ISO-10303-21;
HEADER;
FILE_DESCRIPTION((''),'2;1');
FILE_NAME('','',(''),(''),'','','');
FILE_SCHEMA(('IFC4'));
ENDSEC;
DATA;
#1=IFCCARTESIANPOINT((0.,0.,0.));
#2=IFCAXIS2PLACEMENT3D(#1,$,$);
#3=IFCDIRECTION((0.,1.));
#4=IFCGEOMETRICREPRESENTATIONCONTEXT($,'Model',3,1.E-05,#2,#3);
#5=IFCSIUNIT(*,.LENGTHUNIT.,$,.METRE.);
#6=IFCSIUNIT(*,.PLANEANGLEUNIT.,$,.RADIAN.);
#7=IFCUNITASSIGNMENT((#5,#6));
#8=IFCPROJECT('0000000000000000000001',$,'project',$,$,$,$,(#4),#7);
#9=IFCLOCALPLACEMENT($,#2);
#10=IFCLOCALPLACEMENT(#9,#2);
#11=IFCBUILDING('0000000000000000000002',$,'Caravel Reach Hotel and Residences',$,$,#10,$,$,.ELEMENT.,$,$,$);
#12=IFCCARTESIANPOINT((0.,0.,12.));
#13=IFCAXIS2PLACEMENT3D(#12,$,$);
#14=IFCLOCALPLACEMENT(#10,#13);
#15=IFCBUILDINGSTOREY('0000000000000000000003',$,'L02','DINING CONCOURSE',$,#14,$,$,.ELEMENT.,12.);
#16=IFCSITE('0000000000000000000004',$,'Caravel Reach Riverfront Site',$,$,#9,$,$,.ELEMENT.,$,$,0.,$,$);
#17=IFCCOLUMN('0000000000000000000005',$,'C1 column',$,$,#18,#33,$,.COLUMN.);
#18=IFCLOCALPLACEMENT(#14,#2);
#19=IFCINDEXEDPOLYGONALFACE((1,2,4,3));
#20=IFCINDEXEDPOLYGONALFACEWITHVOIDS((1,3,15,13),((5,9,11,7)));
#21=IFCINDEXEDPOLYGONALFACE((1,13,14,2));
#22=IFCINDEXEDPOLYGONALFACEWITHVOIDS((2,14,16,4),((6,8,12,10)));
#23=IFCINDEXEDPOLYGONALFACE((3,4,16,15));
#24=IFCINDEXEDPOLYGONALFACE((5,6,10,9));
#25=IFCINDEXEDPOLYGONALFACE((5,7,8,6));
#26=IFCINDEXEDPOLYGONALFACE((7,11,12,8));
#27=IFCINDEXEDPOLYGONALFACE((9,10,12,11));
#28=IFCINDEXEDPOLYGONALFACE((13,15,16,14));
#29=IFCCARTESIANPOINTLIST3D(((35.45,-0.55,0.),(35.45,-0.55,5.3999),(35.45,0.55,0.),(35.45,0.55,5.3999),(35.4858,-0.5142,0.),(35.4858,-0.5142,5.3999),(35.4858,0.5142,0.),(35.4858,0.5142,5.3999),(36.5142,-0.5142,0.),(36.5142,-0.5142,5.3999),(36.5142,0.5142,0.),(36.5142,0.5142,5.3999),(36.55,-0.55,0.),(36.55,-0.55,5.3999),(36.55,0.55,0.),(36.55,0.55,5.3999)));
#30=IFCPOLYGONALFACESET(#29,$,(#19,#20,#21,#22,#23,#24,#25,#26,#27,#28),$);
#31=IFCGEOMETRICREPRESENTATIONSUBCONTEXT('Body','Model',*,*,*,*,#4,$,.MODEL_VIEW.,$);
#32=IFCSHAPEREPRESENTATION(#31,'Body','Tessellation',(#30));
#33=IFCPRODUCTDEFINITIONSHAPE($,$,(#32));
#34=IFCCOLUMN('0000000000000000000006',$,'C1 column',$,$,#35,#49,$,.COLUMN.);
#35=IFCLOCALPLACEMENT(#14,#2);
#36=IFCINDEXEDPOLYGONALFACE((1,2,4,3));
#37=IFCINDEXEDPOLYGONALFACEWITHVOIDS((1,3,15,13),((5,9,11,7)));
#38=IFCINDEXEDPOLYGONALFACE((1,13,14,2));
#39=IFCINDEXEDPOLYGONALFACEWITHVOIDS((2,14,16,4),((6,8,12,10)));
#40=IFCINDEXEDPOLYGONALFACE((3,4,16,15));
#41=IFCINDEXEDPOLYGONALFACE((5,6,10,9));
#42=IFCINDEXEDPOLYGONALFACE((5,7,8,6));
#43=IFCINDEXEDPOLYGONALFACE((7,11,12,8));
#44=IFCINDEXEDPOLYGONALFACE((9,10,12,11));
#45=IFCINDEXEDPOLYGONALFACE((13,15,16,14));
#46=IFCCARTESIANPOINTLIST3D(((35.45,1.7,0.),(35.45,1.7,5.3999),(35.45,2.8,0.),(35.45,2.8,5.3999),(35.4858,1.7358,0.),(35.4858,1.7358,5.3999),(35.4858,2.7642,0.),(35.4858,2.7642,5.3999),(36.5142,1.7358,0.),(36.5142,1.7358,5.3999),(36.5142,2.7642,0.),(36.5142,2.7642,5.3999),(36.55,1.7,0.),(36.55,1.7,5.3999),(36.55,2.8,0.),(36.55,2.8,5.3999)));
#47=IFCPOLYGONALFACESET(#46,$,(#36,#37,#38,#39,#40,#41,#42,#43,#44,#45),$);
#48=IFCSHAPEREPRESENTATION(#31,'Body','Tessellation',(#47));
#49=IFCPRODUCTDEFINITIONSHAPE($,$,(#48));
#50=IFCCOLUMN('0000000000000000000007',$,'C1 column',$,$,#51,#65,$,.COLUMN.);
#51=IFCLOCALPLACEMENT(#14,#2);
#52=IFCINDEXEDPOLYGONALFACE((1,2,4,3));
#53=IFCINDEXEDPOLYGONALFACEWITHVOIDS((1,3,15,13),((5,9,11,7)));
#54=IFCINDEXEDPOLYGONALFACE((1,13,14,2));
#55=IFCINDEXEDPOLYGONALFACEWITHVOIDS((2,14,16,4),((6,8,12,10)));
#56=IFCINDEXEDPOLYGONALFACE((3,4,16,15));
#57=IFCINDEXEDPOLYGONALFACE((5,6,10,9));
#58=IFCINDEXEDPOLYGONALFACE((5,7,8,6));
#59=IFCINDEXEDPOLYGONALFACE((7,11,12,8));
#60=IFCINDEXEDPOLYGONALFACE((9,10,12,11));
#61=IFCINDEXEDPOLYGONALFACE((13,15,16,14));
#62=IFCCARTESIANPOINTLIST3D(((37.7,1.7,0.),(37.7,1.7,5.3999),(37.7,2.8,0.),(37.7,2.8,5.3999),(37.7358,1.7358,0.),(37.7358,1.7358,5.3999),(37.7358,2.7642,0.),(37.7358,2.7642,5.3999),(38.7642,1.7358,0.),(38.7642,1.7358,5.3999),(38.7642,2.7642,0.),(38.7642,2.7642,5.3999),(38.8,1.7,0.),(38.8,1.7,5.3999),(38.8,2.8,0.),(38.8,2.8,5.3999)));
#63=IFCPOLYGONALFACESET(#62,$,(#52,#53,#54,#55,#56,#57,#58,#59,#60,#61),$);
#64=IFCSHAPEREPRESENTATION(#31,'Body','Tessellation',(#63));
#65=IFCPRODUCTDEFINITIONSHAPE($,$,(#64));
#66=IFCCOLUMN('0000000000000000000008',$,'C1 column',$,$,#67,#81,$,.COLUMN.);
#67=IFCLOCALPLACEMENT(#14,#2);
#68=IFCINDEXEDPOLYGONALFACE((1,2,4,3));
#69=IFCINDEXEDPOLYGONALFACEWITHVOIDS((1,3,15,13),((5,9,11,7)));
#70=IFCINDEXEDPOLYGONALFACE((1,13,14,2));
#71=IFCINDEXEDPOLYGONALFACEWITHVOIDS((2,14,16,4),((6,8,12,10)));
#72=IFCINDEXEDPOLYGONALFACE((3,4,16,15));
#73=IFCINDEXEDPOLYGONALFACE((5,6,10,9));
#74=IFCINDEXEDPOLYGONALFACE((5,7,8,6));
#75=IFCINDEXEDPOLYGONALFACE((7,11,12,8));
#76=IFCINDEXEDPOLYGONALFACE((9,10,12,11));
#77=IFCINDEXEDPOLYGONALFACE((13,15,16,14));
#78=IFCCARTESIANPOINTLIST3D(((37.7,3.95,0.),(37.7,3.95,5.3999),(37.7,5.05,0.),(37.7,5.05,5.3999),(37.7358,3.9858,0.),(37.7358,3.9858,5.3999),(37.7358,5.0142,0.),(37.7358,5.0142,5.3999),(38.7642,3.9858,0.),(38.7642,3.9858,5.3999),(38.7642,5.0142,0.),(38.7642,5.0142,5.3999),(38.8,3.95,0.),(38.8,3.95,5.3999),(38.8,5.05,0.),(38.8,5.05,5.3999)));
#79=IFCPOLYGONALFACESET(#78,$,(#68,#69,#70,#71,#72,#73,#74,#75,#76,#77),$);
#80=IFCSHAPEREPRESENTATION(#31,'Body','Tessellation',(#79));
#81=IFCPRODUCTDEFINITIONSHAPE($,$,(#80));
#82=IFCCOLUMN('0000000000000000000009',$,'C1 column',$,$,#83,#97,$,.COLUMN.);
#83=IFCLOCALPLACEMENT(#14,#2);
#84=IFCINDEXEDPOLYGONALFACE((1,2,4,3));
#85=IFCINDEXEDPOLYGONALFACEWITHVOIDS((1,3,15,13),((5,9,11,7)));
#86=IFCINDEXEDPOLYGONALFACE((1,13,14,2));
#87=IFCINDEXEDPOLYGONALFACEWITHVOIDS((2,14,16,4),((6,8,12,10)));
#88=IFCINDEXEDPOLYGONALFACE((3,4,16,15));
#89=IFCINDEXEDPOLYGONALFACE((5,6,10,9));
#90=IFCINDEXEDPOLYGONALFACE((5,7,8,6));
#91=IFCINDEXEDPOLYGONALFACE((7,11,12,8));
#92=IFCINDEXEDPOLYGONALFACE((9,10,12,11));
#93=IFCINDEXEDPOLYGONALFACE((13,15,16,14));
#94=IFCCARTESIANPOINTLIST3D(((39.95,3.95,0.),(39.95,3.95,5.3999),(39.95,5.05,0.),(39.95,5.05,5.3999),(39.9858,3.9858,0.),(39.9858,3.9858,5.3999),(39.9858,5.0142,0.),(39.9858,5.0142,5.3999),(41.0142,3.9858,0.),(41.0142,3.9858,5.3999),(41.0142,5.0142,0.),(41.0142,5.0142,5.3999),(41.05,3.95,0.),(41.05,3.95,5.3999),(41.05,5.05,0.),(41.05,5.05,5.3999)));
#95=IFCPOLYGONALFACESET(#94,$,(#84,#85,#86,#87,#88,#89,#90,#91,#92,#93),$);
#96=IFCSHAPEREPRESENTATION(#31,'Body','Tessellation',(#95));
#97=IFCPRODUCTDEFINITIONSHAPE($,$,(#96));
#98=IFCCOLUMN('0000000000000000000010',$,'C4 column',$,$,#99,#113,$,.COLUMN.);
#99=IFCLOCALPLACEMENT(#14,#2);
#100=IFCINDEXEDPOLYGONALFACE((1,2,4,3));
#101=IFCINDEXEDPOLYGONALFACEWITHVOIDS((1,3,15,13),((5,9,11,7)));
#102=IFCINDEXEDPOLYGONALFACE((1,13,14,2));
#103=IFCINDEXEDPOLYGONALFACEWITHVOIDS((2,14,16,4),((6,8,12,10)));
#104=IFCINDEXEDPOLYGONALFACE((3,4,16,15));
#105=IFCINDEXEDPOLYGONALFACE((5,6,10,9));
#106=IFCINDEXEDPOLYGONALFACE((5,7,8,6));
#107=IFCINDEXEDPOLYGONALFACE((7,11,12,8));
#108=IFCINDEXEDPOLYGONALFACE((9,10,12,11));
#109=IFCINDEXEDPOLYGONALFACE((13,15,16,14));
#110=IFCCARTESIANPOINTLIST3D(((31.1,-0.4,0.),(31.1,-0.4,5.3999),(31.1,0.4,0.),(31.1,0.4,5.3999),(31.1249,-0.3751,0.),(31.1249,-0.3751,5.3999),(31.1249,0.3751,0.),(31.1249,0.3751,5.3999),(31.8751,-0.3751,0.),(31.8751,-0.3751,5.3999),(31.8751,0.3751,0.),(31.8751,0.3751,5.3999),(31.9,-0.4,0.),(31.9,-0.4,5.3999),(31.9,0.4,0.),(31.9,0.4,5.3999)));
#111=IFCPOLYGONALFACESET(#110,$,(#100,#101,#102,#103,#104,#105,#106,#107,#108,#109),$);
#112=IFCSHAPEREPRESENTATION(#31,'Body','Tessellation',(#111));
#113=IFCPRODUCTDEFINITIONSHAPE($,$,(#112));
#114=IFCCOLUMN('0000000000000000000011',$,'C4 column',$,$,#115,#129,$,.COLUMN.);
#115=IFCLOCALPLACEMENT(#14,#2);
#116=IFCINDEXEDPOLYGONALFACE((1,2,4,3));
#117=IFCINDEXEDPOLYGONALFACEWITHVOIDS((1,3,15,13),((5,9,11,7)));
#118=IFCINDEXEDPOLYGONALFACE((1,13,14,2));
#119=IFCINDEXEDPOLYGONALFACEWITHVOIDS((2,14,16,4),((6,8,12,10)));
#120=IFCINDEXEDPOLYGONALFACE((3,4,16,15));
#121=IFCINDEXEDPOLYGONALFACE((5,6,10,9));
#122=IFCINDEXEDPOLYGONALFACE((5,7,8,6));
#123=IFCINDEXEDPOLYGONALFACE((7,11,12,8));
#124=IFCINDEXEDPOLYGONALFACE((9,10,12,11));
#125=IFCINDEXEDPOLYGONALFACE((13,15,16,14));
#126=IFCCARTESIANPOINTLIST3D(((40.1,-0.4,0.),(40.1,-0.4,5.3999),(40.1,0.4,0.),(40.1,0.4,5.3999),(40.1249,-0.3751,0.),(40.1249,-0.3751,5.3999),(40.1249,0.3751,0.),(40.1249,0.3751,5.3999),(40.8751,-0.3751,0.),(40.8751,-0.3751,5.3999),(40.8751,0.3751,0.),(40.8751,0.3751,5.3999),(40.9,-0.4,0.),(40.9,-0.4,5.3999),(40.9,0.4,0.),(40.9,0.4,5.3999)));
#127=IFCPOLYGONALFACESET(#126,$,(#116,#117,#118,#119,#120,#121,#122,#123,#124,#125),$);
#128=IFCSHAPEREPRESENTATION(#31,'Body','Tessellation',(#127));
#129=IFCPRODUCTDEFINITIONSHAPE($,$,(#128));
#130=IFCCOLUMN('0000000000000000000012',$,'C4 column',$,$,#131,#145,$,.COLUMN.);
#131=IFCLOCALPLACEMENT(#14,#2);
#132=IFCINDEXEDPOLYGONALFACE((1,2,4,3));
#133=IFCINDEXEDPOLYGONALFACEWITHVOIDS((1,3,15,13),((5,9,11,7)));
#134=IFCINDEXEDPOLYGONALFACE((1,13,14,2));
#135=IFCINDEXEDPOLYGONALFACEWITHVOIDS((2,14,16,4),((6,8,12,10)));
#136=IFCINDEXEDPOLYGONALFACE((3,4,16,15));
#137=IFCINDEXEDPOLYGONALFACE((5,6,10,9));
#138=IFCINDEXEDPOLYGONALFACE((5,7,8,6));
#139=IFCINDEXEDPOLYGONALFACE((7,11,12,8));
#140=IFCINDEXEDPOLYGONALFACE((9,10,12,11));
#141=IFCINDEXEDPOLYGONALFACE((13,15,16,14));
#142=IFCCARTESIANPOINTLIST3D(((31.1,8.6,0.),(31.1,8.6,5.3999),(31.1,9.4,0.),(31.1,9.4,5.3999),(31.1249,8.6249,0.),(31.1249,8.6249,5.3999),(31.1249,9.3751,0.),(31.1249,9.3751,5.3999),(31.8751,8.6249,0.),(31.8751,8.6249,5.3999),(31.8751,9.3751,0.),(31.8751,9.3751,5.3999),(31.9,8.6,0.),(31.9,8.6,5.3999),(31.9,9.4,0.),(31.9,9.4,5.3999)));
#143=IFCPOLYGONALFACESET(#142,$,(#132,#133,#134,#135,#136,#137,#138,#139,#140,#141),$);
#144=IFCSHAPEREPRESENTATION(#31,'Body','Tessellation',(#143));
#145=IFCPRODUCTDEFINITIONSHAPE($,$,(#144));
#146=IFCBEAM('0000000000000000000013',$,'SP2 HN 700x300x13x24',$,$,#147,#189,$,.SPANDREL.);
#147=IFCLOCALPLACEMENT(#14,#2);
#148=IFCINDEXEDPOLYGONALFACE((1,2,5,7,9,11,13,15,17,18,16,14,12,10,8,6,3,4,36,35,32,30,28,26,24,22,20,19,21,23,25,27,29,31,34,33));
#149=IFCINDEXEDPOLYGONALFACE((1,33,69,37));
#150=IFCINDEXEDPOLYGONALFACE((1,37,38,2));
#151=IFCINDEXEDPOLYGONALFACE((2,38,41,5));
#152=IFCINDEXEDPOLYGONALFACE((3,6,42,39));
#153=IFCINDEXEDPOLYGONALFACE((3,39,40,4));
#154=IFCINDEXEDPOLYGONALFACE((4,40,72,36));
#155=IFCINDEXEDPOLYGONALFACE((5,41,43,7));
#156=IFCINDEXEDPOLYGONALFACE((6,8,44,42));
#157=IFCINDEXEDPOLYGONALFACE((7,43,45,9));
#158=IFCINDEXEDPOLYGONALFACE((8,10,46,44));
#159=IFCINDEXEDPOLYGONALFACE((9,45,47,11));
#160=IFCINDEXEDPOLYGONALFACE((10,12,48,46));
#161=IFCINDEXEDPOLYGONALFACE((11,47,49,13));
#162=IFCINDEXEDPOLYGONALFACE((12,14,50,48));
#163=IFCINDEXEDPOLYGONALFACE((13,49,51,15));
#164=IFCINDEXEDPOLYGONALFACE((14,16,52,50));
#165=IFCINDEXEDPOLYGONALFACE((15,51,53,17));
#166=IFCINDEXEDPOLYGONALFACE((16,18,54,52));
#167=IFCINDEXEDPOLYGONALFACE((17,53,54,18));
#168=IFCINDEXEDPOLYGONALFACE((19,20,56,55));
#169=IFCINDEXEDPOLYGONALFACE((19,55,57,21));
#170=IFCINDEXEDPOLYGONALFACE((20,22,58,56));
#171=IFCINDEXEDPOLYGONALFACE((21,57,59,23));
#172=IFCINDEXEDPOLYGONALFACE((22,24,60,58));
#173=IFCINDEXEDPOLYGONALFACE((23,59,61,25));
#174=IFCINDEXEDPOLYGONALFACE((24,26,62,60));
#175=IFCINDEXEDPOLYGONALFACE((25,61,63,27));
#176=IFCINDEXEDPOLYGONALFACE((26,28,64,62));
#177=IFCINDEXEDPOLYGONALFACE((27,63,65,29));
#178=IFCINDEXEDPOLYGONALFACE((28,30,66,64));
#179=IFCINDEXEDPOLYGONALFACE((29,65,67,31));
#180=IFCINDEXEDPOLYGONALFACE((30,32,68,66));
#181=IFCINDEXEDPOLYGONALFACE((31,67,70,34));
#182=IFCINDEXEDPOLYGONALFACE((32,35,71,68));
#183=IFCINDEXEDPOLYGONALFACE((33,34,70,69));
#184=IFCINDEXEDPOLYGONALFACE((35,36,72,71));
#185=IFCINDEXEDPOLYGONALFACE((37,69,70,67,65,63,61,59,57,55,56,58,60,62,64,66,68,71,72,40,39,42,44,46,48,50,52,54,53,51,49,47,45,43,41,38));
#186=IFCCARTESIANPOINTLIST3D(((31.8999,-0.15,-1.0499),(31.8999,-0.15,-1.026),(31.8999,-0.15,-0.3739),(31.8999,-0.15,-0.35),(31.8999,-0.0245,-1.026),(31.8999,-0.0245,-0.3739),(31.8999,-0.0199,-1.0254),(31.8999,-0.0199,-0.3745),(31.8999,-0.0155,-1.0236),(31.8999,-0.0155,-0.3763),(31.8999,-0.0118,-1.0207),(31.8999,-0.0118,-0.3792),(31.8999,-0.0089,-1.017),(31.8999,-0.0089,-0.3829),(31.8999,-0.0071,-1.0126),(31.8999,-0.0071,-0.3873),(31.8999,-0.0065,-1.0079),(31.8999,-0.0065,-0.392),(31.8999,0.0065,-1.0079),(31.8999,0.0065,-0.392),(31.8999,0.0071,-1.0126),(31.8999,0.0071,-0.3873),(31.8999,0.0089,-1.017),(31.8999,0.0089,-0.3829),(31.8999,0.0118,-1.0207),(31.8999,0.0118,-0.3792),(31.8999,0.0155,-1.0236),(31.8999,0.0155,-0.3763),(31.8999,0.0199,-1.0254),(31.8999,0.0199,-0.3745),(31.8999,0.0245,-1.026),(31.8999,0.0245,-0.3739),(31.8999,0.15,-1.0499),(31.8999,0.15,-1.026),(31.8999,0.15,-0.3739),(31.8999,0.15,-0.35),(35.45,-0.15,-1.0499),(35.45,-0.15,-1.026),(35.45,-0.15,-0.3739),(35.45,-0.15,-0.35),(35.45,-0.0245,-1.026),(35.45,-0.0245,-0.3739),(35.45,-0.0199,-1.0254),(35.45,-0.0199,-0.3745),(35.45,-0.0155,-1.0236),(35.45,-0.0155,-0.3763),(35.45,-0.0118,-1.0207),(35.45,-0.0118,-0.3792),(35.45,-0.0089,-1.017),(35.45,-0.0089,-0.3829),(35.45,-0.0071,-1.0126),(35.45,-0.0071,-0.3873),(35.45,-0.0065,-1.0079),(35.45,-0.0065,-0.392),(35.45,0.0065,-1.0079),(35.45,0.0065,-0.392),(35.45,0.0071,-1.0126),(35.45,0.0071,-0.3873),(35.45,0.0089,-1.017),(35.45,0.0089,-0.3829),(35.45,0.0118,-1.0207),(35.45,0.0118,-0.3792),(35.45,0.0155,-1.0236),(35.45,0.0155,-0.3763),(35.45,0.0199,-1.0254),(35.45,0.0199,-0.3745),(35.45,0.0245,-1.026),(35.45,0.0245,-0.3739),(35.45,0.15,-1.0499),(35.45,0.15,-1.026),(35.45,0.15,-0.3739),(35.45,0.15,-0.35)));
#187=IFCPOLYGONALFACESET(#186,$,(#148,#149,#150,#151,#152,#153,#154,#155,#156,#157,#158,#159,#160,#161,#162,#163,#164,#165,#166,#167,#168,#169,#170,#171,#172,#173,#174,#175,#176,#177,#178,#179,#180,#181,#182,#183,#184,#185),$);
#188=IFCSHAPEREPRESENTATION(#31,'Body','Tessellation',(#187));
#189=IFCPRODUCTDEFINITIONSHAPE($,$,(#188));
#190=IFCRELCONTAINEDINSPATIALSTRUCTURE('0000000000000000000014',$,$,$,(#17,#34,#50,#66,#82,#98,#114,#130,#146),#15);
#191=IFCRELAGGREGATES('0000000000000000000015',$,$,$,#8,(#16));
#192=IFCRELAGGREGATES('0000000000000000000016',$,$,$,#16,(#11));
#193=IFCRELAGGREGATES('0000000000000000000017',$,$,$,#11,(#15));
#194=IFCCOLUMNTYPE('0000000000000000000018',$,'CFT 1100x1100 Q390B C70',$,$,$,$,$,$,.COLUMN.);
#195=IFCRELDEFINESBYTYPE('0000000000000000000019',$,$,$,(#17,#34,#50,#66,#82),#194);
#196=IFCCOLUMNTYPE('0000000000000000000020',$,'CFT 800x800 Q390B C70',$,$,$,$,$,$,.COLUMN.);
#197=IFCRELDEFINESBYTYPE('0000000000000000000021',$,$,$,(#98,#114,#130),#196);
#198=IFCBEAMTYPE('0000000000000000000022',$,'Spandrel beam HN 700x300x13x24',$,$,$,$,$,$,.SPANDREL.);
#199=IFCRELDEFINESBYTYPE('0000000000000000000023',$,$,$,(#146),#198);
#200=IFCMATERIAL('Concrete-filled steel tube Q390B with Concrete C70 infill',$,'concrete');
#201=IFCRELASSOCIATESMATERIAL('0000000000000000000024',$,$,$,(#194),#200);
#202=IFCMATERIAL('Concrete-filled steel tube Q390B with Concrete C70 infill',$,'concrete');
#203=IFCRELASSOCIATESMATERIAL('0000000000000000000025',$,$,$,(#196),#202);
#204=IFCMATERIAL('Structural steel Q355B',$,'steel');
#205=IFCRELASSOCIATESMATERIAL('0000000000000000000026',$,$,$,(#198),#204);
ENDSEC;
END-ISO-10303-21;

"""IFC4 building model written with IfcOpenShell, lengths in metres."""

from ifc_helpers import new_model, si_unit, direction, frame, origin, origin_2d, place, context, subcontext, project, spatial, hollow_rectangle, i_section, extrude, material, material_profile, profile_set, type_object, element, save


model = new_model("IFC4")

# Units and contexts
model_context = context("Model", 3, precision=1e-05, world=origin(), true_north=direction((0.0, 1.0)))
body_context = subcontext(model_context, "Body", "Model", "MODEL_VIEW")
ifc_project = project(units=[si_unit("LENGTHUNIT", "METRE"), si_unit("PLANEANGLEUNIT", "RADIAN")], contexts=[model_context])

# Site, building, storey
site_placement = place(None, origin())
site = spatial("IfcSite", under=ifc_project, at=site_placement, Name="Caravel Reach Riverfront Site", CompositionType="ELEMENT", RefElevation=0.0)
building_placement = place(site_placement, origin())
building = spatial("IfcBuilding", under=site, at=building_placement, Name="Caravel Reach Hotel and Residences", CompositionType="ELEMENT")
storey_placement = place(building_placement, frame((0.0, 0.0, 12.0)))
storey = spatial("IfcBuildingStorey", under=building, at=storey_placement, Name="L02", Description="DINING CONCOURSE", CompositionType="ELEMENT", Elevation=12.0)

# Columns
ifc_material_1 = material(Name="Concrete-filled steel tube Q390B with Concrete C70 infill", Category="concrete")
ifc_material_profile_1 = material_profile(ifc_material_1, hollow_rectangle(XDim=1.1001, YDim=1.1001, WallThickness=0.0359, at=origin_2d()), Name="RHS 1100x1100x36")
ifc_profile_set_1 = profile_set([ifc_material_profile_1], Name="Concrete-filled steel tube Q390B with Concrete C70 infill")
column_type_1 = type_object("IfcColumnType", Name="CFT 1100x1100 Q390B C70", PredefinedType="COLUMN", material=ifc_profile_set_1)
for number, where, z_axis, x_axis, name in (
    (1, (36.0, 0.0, 0.0), (0.0, 0.0, 1.0), (1.0, 0.0, 0.0), "C1 column"),
    (2, (36.0, 2.25, 0.0), (0.0, 0.0, 1.0), (1.0, 0.0, 0.0), "C1 column"),
    (3, (38.25, 2.25, 0.0), (0.0, 0.0, 1.0), (1.0, 0.0, 0.0), "C1 column"),
    (4, (38.25, 4.5, 0.0), (0.0, 0.0, 1.0), (1.0, 0.0, 0.0), "C1 column"),
    (5, (40.5, 4.5, 0.0), (0.0, 0.0, 1.0), (1.0, 0.0, 0.0), "C1 column"),
):
    element("IfcColumn", number, at=place(storey_placement, frame(where, z_axis=z_axis, x_axis=x_axis)), inside=storey, type_object=column_type_1, Name=name, PredefinedType="COLUMN", context=body_context, shape_type="SweptSolid", body=[
        extrude(hollow_rectangle(XDim=1.1001, YDim=1.1001, WallThickness=0.0359, at=origin_2d()), origin(), (0.0, 0.0, 1.0), 5.3999),
    ])
ifc_material_2 = material(Name="Concrete-filled steel tube Q390B with Concrete C70 infill", Category="concrete")
ifc_material_profile_2 = material_profile(ifc_material_2, hollow_rectangle(XDim=0.8, YDim=0.8, WallThickness=0.0249, at=origin_2d()), Name="RHS 800x800x25")
ifc_profile_set_2 = profile_set([ifc_material_profile_2], Name="Concrete-filled steel tube Q390B with Concrete C70 infill")
column_type_2 = type_object("IfcColumnType", Name="CFT 800x800 Q390B C70", PredefinedType="COLUMN", material=ifc_profile_set_2)
for number, where, z_axis, x_axis, name in (
    (6, (31.5, 0.0, 0.0), (0.0, 0.0, 1.0), (1.0, 0.0, 0.0), "C4 column"),
    (7, (40.5, 0.0, 0.0), (0.0, 0.0, 1.0), (1.0, 0.0, 0.0), "C4 column"),
    (8, (31.5, 9.0, 0.0), (0.0, 0.0, 1.0), (1.0, 0.0, 0.0), "C4 column"),
):
    element("IfcColumn", number, at=place(storey_placement, frame(where, z_axis=z_axis, x_axis=x_axis)), inside=storey, type_object=column_type_2, Name=name, PredefinedType="COLUMN", context=body_context, shape_type="SweptSolid", body=[
        extrude(hollow_rectangle(XDim=0.8, YDim=0.8, WallThickness=0.0249, at=origin_2d()), origin(), (0.0, 0.0, 1.0), 5.3999),
    ])

# Beam
ifc_material_3 = material(Name="Structural steel Q355B", Category="steel")
ifc_material_profile_3 = material_profile(ifc_material_3, i_section(OverallWidth=0.3, OverallDepth=0.7, WebThickness=0.0129, FlangeThickness=0.0239, FilletRadius=0.0181, at=origin_2d()), Name="HN 700x300x13x24")
ifc_profile_set_3 = profile_set([ifc_material_profile_3], Name="Structural steel Q355B")
beam_type = type_object("IfcBeamType", Name="Spandrel beam HN 700x300x13x24", PredefinedType="SPANDREL", material=ifc_profile_set_3)
for number, where, z_axis, x_axis, name in (
    (9, (31.8999, 0.0, -0.7), (1.0, 0.0, 0.0), (0.0, 1.0, 0.0), "SP2 HN 700x300x13x24"),
):
    element("IfcBeam", number, at=place(storey_placement, frame(where, z_axis=z_axis, x_axis=x_axis)), inside=storey, type_object=beam_type, Name=name, PredefinedType="SPANDREL", context=body_context, shape_type="SweptSolid", body=[
        extrude(i_section(OverallWidth=0.3, OverallDepth=0.7, WebThickness=0.0129, FlangeThickness=0.0239, FilletRadius=0.0181, at=origin_2d()), origin(), (0.0, 0.0, 1.0), 3.55),
    ])

save(model, "model.ifc")
